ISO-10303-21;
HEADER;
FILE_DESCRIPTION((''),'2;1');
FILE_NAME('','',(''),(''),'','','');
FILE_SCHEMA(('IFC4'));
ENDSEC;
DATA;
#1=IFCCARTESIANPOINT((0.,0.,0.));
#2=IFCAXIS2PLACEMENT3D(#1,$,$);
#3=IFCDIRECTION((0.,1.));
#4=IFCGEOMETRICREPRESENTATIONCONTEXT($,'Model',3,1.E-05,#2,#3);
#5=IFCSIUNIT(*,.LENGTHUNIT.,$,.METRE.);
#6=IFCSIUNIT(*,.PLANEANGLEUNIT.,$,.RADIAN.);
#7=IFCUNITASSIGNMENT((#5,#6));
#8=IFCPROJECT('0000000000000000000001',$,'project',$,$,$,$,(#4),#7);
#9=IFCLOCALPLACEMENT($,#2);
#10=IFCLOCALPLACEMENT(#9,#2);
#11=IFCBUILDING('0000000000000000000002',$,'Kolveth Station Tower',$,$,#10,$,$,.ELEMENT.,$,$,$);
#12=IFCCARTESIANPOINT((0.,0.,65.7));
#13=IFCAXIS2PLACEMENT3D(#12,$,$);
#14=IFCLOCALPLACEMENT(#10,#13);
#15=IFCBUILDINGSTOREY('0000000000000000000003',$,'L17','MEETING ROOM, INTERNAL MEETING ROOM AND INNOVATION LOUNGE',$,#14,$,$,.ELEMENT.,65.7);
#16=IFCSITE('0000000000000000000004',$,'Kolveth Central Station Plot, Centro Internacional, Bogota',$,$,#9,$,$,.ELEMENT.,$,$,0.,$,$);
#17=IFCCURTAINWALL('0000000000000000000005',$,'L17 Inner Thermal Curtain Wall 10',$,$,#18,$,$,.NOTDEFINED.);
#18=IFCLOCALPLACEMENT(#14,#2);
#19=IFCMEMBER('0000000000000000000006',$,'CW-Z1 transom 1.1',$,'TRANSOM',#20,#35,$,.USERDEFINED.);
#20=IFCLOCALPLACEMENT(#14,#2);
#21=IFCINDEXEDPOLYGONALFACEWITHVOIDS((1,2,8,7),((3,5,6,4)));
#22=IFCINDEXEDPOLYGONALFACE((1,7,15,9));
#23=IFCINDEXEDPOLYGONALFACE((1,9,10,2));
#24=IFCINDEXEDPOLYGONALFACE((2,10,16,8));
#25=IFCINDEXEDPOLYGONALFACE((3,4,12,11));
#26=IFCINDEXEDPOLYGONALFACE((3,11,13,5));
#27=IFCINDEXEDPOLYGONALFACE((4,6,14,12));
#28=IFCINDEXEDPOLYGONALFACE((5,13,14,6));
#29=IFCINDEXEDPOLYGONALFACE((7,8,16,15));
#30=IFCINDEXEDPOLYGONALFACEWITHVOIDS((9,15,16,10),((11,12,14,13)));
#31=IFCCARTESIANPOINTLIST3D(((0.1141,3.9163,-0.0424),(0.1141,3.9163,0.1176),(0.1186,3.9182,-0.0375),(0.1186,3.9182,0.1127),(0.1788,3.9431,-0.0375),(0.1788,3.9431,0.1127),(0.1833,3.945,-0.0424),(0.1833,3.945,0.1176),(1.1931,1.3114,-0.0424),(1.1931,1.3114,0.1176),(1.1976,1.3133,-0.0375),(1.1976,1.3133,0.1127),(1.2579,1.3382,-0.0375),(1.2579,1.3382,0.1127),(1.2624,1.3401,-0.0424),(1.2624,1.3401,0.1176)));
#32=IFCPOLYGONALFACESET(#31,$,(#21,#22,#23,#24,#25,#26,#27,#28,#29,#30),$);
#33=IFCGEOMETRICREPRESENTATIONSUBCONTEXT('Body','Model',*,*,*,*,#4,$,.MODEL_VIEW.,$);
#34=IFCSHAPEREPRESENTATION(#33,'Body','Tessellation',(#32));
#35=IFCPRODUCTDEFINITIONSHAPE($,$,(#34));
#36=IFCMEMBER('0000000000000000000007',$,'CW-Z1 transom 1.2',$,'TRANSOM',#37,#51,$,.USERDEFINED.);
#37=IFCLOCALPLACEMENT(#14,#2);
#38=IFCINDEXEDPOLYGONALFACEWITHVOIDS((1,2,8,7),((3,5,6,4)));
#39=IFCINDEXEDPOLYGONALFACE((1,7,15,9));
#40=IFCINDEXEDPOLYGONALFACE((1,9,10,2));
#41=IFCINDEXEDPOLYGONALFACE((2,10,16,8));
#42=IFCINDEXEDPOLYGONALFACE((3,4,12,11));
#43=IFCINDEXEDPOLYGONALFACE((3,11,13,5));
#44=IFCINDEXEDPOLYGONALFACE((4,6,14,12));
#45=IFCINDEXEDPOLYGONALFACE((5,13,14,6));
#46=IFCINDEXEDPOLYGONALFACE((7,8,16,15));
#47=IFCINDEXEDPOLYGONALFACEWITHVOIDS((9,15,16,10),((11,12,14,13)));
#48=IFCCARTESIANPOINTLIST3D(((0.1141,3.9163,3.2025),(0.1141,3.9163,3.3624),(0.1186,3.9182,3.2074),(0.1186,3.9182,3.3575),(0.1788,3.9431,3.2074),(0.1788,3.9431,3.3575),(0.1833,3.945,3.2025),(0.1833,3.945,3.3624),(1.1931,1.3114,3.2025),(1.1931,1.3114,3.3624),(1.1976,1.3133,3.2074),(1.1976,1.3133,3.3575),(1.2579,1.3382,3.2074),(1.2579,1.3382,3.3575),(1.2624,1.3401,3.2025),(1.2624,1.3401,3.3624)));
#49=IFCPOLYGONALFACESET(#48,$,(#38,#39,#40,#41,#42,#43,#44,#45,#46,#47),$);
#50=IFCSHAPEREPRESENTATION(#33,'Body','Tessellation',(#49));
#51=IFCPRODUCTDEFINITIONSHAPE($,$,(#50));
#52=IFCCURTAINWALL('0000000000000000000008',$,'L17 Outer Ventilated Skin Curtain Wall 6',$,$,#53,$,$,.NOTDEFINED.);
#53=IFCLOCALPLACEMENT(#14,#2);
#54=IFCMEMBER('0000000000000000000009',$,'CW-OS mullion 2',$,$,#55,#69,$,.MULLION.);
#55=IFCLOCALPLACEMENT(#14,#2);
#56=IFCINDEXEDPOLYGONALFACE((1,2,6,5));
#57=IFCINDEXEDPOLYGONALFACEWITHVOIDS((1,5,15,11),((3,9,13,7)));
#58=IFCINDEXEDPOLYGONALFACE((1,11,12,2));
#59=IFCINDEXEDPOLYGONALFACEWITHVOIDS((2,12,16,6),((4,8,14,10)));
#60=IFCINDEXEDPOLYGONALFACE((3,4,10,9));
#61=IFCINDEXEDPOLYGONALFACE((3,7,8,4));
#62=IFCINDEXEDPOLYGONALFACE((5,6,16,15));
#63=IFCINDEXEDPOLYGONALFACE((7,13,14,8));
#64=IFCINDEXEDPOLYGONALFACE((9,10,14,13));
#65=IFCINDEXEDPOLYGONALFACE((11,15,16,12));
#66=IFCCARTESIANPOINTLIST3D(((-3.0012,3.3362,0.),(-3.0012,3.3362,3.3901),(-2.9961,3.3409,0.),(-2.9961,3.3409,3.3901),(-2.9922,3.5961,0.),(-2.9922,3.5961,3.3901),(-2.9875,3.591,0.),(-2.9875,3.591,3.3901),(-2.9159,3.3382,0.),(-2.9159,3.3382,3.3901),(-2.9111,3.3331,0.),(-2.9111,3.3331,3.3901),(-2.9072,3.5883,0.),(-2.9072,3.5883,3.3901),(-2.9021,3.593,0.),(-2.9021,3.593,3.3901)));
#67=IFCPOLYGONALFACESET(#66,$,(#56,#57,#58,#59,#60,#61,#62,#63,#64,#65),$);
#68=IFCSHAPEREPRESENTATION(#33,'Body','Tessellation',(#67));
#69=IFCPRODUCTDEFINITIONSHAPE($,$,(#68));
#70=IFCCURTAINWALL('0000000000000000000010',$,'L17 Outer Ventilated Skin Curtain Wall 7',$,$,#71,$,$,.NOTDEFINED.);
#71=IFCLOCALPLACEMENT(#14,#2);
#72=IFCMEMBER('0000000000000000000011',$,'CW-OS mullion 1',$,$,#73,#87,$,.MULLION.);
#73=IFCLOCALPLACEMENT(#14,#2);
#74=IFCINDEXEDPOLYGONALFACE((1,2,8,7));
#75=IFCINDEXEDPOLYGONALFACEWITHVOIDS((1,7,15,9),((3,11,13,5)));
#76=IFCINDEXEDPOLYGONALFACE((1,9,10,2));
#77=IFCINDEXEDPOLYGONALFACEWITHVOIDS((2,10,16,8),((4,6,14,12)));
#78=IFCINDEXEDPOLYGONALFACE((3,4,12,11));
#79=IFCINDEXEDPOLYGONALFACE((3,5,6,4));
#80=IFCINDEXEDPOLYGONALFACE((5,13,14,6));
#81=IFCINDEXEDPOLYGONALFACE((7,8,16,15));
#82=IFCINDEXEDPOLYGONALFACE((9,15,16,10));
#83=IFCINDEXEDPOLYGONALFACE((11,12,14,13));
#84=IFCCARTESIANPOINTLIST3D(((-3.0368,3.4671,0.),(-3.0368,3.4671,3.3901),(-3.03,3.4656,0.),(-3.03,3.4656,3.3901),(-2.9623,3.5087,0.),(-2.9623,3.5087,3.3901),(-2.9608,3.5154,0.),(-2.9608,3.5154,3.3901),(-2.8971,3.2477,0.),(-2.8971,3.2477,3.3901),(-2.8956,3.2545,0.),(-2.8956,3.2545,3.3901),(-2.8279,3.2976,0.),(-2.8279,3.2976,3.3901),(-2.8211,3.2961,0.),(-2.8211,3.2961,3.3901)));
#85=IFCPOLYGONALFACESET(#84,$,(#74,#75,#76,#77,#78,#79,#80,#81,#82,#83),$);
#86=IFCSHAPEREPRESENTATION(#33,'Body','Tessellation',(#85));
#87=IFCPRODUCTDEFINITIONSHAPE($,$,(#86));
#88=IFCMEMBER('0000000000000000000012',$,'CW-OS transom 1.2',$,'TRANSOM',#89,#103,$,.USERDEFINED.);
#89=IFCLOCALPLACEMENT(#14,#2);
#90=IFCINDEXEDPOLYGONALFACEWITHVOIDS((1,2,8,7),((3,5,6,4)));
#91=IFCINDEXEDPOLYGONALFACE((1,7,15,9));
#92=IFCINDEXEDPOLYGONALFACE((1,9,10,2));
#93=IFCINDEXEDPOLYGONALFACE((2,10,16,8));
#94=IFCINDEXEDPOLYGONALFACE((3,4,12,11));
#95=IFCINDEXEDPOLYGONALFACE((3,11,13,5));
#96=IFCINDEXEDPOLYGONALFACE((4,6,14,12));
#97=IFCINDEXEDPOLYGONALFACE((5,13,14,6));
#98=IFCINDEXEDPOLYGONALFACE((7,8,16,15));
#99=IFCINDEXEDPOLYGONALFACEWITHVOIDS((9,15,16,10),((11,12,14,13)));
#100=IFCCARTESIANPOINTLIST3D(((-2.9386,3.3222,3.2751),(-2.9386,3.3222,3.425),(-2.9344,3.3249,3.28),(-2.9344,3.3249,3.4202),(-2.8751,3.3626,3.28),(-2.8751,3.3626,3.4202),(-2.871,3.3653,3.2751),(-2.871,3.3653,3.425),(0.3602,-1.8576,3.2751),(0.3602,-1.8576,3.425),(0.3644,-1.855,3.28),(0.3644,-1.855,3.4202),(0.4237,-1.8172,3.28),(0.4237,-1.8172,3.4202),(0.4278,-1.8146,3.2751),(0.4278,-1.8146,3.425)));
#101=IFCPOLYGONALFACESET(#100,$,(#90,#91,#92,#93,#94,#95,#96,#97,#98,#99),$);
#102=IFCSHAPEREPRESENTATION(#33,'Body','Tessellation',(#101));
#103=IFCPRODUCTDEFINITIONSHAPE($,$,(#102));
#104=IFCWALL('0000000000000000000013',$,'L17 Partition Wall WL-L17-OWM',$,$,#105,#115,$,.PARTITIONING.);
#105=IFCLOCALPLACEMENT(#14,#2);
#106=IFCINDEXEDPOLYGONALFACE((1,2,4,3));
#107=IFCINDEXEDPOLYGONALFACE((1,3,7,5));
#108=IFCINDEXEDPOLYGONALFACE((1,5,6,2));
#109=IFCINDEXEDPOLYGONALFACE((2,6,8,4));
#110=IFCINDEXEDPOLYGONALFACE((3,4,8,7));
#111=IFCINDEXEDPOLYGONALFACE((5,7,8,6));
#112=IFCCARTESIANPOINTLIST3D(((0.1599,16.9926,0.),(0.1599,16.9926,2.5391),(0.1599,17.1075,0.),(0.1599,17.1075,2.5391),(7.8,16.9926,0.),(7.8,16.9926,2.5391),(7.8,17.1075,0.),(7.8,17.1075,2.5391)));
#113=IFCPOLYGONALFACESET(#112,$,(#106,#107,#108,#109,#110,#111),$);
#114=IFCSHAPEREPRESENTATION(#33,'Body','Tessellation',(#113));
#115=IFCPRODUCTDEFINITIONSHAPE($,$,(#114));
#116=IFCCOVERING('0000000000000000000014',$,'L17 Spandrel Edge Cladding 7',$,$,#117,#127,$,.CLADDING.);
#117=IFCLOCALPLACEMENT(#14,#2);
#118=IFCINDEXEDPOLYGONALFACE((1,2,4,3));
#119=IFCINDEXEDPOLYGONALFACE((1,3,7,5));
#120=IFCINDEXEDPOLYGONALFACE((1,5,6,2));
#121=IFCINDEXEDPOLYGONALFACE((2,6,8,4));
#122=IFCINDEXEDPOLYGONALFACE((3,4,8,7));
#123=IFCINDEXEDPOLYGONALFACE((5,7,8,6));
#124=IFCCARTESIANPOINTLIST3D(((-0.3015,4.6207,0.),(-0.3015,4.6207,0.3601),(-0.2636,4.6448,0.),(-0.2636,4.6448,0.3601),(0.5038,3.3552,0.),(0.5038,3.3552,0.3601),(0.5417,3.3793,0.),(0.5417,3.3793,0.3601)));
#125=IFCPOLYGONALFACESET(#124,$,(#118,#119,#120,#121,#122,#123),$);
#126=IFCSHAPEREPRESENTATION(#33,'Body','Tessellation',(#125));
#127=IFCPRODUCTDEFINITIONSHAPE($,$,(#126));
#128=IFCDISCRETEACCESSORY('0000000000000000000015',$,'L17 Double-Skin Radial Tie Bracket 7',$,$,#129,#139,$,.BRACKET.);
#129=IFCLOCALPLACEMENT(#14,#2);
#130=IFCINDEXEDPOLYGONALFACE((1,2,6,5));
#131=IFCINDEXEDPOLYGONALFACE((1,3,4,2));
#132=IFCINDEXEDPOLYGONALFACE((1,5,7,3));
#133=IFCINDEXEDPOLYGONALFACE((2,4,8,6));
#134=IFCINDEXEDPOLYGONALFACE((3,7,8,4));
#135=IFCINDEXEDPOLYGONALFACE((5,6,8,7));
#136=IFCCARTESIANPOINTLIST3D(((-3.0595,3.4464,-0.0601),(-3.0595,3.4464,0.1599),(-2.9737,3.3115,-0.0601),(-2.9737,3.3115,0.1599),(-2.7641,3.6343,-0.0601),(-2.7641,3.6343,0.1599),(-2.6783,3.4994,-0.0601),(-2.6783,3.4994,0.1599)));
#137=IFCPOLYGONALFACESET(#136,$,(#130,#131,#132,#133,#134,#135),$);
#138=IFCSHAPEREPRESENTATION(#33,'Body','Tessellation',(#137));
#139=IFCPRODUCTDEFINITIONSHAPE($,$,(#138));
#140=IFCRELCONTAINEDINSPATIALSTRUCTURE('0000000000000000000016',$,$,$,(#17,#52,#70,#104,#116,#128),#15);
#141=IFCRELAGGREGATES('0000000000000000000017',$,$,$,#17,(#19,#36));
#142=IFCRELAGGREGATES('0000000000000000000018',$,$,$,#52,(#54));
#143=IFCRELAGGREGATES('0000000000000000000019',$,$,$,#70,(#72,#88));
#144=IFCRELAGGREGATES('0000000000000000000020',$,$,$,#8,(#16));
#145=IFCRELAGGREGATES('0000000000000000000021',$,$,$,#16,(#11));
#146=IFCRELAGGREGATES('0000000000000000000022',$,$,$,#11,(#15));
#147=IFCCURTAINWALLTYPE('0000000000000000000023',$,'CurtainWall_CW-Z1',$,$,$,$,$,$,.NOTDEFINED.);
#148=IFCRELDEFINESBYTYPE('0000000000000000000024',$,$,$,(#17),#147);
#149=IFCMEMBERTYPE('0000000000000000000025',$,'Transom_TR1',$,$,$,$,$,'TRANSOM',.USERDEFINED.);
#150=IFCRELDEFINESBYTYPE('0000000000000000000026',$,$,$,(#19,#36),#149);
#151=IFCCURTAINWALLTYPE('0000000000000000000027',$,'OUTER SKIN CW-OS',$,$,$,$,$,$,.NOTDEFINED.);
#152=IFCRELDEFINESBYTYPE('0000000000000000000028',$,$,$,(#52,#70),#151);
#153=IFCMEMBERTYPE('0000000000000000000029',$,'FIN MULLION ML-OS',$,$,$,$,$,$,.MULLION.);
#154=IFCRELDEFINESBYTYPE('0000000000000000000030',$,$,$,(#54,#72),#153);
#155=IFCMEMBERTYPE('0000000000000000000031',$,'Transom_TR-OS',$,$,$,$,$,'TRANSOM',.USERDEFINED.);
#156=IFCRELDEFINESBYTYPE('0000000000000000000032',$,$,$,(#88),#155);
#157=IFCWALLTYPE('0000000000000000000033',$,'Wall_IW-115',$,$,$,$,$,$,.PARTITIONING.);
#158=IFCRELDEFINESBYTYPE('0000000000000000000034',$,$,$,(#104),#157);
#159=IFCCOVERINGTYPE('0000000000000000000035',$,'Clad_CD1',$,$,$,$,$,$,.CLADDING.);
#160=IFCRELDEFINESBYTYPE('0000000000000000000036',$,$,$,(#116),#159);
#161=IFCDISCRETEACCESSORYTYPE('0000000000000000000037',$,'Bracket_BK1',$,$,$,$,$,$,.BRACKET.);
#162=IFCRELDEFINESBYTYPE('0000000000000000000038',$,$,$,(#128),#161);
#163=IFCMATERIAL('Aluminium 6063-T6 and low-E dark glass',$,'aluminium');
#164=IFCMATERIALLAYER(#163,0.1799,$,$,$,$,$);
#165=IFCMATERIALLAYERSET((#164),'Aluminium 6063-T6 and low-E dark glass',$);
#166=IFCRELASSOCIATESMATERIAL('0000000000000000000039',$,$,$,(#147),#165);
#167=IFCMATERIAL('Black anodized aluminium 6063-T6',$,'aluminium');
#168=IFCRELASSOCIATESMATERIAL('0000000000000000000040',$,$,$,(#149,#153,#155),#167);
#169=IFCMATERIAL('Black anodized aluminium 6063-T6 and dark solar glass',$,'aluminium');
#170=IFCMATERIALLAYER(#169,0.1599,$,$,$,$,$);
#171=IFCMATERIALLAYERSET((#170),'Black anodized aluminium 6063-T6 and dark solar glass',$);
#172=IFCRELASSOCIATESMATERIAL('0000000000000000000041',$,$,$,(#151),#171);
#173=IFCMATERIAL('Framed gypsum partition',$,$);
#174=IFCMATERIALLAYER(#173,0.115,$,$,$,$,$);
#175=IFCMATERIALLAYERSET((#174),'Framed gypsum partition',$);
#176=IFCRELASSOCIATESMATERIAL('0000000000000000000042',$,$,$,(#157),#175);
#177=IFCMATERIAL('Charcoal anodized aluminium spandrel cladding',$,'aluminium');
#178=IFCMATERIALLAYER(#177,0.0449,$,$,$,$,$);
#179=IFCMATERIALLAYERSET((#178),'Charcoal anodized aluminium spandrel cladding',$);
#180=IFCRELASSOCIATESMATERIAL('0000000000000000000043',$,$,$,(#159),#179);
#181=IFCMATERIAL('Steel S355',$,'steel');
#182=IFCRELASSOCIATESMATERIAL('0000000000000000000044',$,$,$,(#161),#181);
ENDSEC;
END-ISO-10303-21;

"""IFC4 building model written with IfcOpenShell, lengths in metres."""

from ifc_helpers import new_model, si_unit, direction, frame, frame_2d, origin, origin_2d, place, context, subcontext, project, spatial, rectangle, hollow_rectangle, extrude, source, transform, mapped, material, layer, layer_set, material_profile, profile_set, type_object, element, aggregate, save


model = new_model("IFC4")

# Units and contexts
model_context = context("Model", 3, precision=1e-05, world=origin(), true_north=direction((0.0, 1.0)))
body_context = subcontext(model_context, "Body", "Model", "MODEL_VIEW")
ifc_project = project(units=[si_unit("LENGTHUNIT", "METRE"), si_unit("PLANEANGLEUNIT", "RADIAN")], contexts=[model_context])

# Site, building, storey
site_placement = place(None, origin())
site = spatial("IfcSite", under=ifc_project, at=site_placement, Name="Kolveth Central Station Plot, Centro Internacional, Bogota", CompositionType="ELEMENT", RefElevation=0.0)
building_placement = place(site_placement, origin())
building = spatial("IfcBuilding", under=site, at=building_placement, Name="Kolveth Station Tower", CompositionType="ELEMENT")
storey_placement = place(building_placement, frame((0.0, 0.0, 65.7)))
storey = spatial("IfcBuildingStorey", under=building, at=storey_placement, Name="L17", Description="MEETING ROOM, INTERNAL MEETING ROOM AND INNOVATION LOUNGE", CompositionType="ELEMENT", Elevation=65.7)

# Shared definitions
ifc_material_1 = material(Name="Steel S355", Category="steel")

# Shared definitions
ifc_material_2 = material(Name="Aluminium 6063-T6 and low-E dark glass", Category="aluminium")
ifc_layer_1 = layer(ifc_material_2, 0.1799)
ifc_layer_set_1 = layer_set([ifc_layer_1], Name="Aluminium 6063-T6 and low-E dark glass")
curtain_wall_type_1 = type_object("IfcCurtainWallType", Name="CurtainWall_CW-Z1", PredefinedType="NOTDEFINED", material=ifc_layer_set_1)
ifc_material_3 = material(Name="Black anodized aluminium 6063-T6", Category="aluminium")

# Curtain wall, members
curtain_wall_1_placement = place(storey_placement, origin())
curtain_wall_1 = element("IfcCurtainWall", 1, at=curtain_wall_1_placement, inside=storey, type_object=curtain_wall_type_1, Name="L17 Inner Thermal Curtain Wall 10", PredefinedType="NOTDEFINED")
ifc_material_profile_1 = material_profile(ifc_material_3, hollow_rectangle(XDim=0.075, YDim=0.1599, WallThickness=0.0049, at=origin_2d()), Name="ALU-75x160x5")
ifc_profile_set_1 = profile_set([ifc_material_profile_1], Name="Black anodized aluminium 6063-T6")
member_type_1 = type_object("IfcMemberType", Name="Transom_TR1", ElementType="TRANSOM", PredefinedType="USERDEFINED", material=ifc_profile_set_1)
shared_shape_1 = source(origin(), body_context, "Body", "SweptSolid", [
    extrude(hollow_rectangle(XDim=0.075, YDim=0.1599, WallThickness=0.0049, at=origin_2d()), origin(), (0.0, 0.0, 1.0), 2.8196),
])
member_1_placement = place(storey_placement, frame((0.1487, 3.9307, 0.0376), z_axis=(0.382709, -0.923869, 0.0), x_axis=(0.923869, 0.382709, 0.0)))
member_1 = element("IfcMember", 2, at=member_1_placement, type_object=member_type_1, Name="CW-Z1 transom 1.1", ObjectType="TRANSOM", PredefinedType="USERDEFINED", context=body_context, shape_type="MappedRepresentation", body=[
    mapped(shared_shape_1, transform((0.0, 0.0, 0.0), x_axis=(1.0, 0.0, 0.0), y_axis=(0.0, 1.0, 0.0), z_axis=(0.0, 0.0, 1.0), scale=1.0)),
])
member_2_placement = place(storey_placement, frame((0.1487, 3.9307, 3.2825), z_axis=(0.382709, -0.923869, 0.0), x_axis=(0.923869, 0.382709, 0.0)))
member_2 = element("IfcMember", 3, at=member_2_placement, type_object=member_type_1, Name="CW-Z1 transom 1.2", ObjectType="TRANSOM", PredefinedType="USERDEFINED", context=body_context, shape_type="MappedRepresentation", body=[
    mapped(shared_shape_1, transform((0.0, 0.0, 0.0), x_axis=(1.0, 0.0, 0.0), y_axis=(0.0, 1.0, 0.0), z_axis=(0.0, 0.0, 1.0), scale=1.0)),
])
aggregate(curtain_wall_1, [member_1, member_2])

# Curtain wall, member
ifc_material_4 = material(Name="Black anodized aluminium 6063-T6 and dark solar glass", Category="aluminium")
ifc_layer_2 = layer(ifc_material_4, 0.1599)
ifc_layer_set_2 = layer_set([ifc_layer_2], Name="Black anodized aluminium 6063-T6 and dark solar glass")
curtain_wall_type_2 = type_object("IfcCurtainWallType", Name="OUTER SKIN CW-OS", PredefinedType="NOTDEFINED", material=ifc_layer_set_2)
curtain_wall_2_placement = place(storey_placement, origin())
curtain_wall_2 = element("IfcCurtainWall", 4, at=curtain_wall_2_placement, inside=storey, type_object=curtain_wall_type_2, Name="L17 Outer Ventilated Skin Curtain Wall 6", PredefinedType="NOTDEFINED")
ifc_material_profile_2 = material_profile(ifc_material_3, hollow_rectangle(XDim=0.0901, YDim=0.26, WallThickness=0.0049, at=origin_2d()), Name="ALU-90x260x5")
ifc_profile_set_2 = profile_set([ifc_material_profile_2], Name="Black anodized aluminium 6063-T6")
member_type_2 = type_object("IfcMemberType", Name="FIN MULLION ML-OS", PredefinedType="MULLION", material=ifc_profile_set_2)
shared_shape_2 = source(origin(), body_context, "Body", "SweptSolid", [
    extrude(hollow_rectangle(XDim=0.0901, YDim=0.26, WallThickness=0.0049, at=origin_2d()), origin(), (0.0, 0.0, 1.0), 3.3901),
])
member_3_placement = place(storey_placement, frame((-2.9517, 3.4646, 0.0), z_axis=(0.0, 0.0, 1.0), x_axis=(0.999402, -0.034586, 0.0)))
member_3 = element("IfcMember", 5, at=member_3_placement, type_object=member_type_2, Name="CW-OS mullion 2", PredefinedType="MULLION", context=body_context, shape_type="MappedRepresentation", body=[
    mapped(shared_shape_2, transform((0.0, 0.0, 0.0), x_axis=(1.0, 0.0, 0.0), y_axis=(0.0, 1.0, 0.0), z_axis=(0.0, 0.0, 1.0), scale=1.0)),
])
aggregate(curtain_wall_2, [member_3])

# Curtain wall, members
curtain_wall_3_placement = place(storey_placement, origin())
curtain_wall_3 = element("IfcCurtainWall", 6, at=curtain_wall_3_placement, inside=storey, type_object=curtain_wall_type_2, Name="L17 Outer Ventilated Skin Curtain Wall 7", PredefinedType="NOTDEFINED")
member_4_placement = place(storey_placement, frame((-2.929, 3.3816, 0.0), z_axis=(0.0, 0.0, 1.0), x_axis=(0.843471, 0.537175, 0.0)))
member_4 = element("IfcMember", 7, at=member_4_placement, type_object=member_type_2, Name="CW-OS mullion 1", PredefinedType="MULLION", context=body_context, shape_type="MappedRepresentation", body=[
    mapped(shared_shape_2, transform((0.0, 0.0, 0.0), x_axis=(1.0, 0.0, 0.0), y_axis=(0.0, 1.0, 0.0), z_axis=(0.0, 0.0, 1.0), scale=1.0)),
])
ifc_material_profile_3 = material_profile(ifc_material_3, hollow_rectangle(XDim=0.0801, YDim=0.1499, WallThickness=0.0049, at=origin_2d()), Name="ALU-80x150x5")
ifc_profile_set_3 = profile_set([ifc_material_profile_3], Name="Black anodized aluminium 6063-T6")
member_type_3 = type_object("IfcMemberType", Name="Transom_TR-OS", ElementType="TRANSOM", PredefinedType="USERDEFINED", material=ifc_profile_set_3)
shared_shape_3 = source(origin(), body_context, "Body", "SweptSolid", [
    extrude(hollow_rectangle(XDim=0.0801, YDim=0.1499, WallThickness=0.0049, at=origin_2d()), origin(), (0.0, 0.0, 1.0), 6.1411),
])
member_5_placement = place(storey_placement, frame((-2.9048, 3.3438, 3.3501), z_axis=(0.537166, -0.843476, 0.0), x_axis=(0.843476, 0.537166, 0.0)))
member_5 = element("IfcMember", 8, at=member_5_placement, type_object=member_type_3, Name="CW-OS transom 1.2", ObjectType="TRANSOM", PredefinedType="USERDEFINED", context=body_context, shape_type="MappedRepresentation", body=[
    mapped(shared_shape_3, transform((0.0, 0.0, 0.0), x_axis=(1.0, 0.0, 0.0), y_axis=(0.0, 1.0, 0.0), z_axis=(0.0, 0.0, 1.0), scale=1.0)),
])
aggregate(curtain_wall_3, [member_4, member_5])

# Wall
ifc_material_5 = material(Name="Framed gypsum partition")
ifc_layer_3 = layer(ifc_material_5, 0.115)
ifc_layer_set_3 = layer_set([ifc_layer_3], Name="Framed gypsum partition")
wall_type = type_object("IfcWallType", Name="Wall_IW-115", PredefinedType="PARTITIONING", material=ifc_layer_set_3)
wall_placement = place(storey_placement, frame((0.1599, 17.05, 0.0), z_axis=(0.0, 0.0, 1.0), x_axis=(1.0, 0.0, 0.0)))
element("IfcWall", 9, at=wall_placement, inside=storey, type_object=wall_type, Name="L17 Partition Wall WL-L17-OWM", PredefinedType="PARTITIONING", context=body_context, shape_type="SweptSolid", body=[
    extrude(rectangle(XDim=7.6401, YDim=0.115, at=frame_2d((3.8201, 0.0))), origin(), (0.0, 0.0, 1.0), 2.5391),
])

# Covering
ifc_material_6 = material(Name="Charcoal anodized aluminium spandrel cladding", Category="aluminium")
ifc_layer_4 = layer(ifc_material_6, 0.0449)
ifc_layer_set_4 = layer_set([ifc_layer_4], Name="Charcoal anodized aluminium spandrel cladding")
covering_type = type_object("IfcCoveringType", Name="Clad_CD1", PredefinedType="CLADDING", material=ifc_layer_set_4)
shared_shape_4 = source(origin(), body_context, "Body", "SweptSolid", [
    extrude(rectangle(XDim=1.5, YDim=0.0449, at=origin_2d()), origin(), (0.0, 0.0, 1.0), 0.3601),
])
covering_placement = place(storey_placement, frame((0.1201, 4.0, 0.0), z_axis=(0.0, 0.0, 1.0), x_axis=(0.536858, -0.843673, 0.0)))
element("IfcCovering", 10, at=covering_placement, inside=storey, type_object=covering_type, Name="L17 Spandrel Edge Cladding 7", PredefinedType="CLADDING", context=body_context, shape_type="MappedRepresentation", body=[
    mapped(shared_shape_4, transform((0.0, 0.0, 0.0), x_axis=(1.0, 0.0, 0.0), y_axis=(0.0, 1.0, 0.0), z_axis=(0.0, 0.0, 1.0), scale=1.0)),
])

# Discrete accessory
discrete_accessory_type = type_object("IfcDiscreteAccessoryType", Name="Bracket_BK1", PredefinedType="BRACKET", material=ifc_material_1)
shared_shape_5 = source(origin(), body_context, "Body", "SweptSolid", [
    extrude(rectangle(XDim=0.3501, YDim=0.1599, at=origin_2d()), origin(), (0.0, 0.0, 1.0), 0.22),
])
discrete_accessory_placement = place(storey_placement, frame((-2.8689, 3.4729, -0.0601), z_axis=(0.0, 0.0, 1.0), x_axis=(-0.843673, -0.536858, 0.0)))
element("IfcDiscreteAccessory", 11, at=discrete_accessory_placement, inside=storey, type_object=discrete_accessory_type, Name="L17 Double-Skin Radial Tie Bracket 7", PredefinedType="BRACKET", context=body_context, shape_type="MappedRepresentation", body=[
    mapped(shared_shape_5, transform((0.0, 0.0, 0.0), x_axis=(1.0, 0.0, 0.0), y_axis=(0.0, 1.0, 0.0), z_axis=(0.0, 0.0, 1.0), scale=1.0)),
])

save(model, "model.ifc")
